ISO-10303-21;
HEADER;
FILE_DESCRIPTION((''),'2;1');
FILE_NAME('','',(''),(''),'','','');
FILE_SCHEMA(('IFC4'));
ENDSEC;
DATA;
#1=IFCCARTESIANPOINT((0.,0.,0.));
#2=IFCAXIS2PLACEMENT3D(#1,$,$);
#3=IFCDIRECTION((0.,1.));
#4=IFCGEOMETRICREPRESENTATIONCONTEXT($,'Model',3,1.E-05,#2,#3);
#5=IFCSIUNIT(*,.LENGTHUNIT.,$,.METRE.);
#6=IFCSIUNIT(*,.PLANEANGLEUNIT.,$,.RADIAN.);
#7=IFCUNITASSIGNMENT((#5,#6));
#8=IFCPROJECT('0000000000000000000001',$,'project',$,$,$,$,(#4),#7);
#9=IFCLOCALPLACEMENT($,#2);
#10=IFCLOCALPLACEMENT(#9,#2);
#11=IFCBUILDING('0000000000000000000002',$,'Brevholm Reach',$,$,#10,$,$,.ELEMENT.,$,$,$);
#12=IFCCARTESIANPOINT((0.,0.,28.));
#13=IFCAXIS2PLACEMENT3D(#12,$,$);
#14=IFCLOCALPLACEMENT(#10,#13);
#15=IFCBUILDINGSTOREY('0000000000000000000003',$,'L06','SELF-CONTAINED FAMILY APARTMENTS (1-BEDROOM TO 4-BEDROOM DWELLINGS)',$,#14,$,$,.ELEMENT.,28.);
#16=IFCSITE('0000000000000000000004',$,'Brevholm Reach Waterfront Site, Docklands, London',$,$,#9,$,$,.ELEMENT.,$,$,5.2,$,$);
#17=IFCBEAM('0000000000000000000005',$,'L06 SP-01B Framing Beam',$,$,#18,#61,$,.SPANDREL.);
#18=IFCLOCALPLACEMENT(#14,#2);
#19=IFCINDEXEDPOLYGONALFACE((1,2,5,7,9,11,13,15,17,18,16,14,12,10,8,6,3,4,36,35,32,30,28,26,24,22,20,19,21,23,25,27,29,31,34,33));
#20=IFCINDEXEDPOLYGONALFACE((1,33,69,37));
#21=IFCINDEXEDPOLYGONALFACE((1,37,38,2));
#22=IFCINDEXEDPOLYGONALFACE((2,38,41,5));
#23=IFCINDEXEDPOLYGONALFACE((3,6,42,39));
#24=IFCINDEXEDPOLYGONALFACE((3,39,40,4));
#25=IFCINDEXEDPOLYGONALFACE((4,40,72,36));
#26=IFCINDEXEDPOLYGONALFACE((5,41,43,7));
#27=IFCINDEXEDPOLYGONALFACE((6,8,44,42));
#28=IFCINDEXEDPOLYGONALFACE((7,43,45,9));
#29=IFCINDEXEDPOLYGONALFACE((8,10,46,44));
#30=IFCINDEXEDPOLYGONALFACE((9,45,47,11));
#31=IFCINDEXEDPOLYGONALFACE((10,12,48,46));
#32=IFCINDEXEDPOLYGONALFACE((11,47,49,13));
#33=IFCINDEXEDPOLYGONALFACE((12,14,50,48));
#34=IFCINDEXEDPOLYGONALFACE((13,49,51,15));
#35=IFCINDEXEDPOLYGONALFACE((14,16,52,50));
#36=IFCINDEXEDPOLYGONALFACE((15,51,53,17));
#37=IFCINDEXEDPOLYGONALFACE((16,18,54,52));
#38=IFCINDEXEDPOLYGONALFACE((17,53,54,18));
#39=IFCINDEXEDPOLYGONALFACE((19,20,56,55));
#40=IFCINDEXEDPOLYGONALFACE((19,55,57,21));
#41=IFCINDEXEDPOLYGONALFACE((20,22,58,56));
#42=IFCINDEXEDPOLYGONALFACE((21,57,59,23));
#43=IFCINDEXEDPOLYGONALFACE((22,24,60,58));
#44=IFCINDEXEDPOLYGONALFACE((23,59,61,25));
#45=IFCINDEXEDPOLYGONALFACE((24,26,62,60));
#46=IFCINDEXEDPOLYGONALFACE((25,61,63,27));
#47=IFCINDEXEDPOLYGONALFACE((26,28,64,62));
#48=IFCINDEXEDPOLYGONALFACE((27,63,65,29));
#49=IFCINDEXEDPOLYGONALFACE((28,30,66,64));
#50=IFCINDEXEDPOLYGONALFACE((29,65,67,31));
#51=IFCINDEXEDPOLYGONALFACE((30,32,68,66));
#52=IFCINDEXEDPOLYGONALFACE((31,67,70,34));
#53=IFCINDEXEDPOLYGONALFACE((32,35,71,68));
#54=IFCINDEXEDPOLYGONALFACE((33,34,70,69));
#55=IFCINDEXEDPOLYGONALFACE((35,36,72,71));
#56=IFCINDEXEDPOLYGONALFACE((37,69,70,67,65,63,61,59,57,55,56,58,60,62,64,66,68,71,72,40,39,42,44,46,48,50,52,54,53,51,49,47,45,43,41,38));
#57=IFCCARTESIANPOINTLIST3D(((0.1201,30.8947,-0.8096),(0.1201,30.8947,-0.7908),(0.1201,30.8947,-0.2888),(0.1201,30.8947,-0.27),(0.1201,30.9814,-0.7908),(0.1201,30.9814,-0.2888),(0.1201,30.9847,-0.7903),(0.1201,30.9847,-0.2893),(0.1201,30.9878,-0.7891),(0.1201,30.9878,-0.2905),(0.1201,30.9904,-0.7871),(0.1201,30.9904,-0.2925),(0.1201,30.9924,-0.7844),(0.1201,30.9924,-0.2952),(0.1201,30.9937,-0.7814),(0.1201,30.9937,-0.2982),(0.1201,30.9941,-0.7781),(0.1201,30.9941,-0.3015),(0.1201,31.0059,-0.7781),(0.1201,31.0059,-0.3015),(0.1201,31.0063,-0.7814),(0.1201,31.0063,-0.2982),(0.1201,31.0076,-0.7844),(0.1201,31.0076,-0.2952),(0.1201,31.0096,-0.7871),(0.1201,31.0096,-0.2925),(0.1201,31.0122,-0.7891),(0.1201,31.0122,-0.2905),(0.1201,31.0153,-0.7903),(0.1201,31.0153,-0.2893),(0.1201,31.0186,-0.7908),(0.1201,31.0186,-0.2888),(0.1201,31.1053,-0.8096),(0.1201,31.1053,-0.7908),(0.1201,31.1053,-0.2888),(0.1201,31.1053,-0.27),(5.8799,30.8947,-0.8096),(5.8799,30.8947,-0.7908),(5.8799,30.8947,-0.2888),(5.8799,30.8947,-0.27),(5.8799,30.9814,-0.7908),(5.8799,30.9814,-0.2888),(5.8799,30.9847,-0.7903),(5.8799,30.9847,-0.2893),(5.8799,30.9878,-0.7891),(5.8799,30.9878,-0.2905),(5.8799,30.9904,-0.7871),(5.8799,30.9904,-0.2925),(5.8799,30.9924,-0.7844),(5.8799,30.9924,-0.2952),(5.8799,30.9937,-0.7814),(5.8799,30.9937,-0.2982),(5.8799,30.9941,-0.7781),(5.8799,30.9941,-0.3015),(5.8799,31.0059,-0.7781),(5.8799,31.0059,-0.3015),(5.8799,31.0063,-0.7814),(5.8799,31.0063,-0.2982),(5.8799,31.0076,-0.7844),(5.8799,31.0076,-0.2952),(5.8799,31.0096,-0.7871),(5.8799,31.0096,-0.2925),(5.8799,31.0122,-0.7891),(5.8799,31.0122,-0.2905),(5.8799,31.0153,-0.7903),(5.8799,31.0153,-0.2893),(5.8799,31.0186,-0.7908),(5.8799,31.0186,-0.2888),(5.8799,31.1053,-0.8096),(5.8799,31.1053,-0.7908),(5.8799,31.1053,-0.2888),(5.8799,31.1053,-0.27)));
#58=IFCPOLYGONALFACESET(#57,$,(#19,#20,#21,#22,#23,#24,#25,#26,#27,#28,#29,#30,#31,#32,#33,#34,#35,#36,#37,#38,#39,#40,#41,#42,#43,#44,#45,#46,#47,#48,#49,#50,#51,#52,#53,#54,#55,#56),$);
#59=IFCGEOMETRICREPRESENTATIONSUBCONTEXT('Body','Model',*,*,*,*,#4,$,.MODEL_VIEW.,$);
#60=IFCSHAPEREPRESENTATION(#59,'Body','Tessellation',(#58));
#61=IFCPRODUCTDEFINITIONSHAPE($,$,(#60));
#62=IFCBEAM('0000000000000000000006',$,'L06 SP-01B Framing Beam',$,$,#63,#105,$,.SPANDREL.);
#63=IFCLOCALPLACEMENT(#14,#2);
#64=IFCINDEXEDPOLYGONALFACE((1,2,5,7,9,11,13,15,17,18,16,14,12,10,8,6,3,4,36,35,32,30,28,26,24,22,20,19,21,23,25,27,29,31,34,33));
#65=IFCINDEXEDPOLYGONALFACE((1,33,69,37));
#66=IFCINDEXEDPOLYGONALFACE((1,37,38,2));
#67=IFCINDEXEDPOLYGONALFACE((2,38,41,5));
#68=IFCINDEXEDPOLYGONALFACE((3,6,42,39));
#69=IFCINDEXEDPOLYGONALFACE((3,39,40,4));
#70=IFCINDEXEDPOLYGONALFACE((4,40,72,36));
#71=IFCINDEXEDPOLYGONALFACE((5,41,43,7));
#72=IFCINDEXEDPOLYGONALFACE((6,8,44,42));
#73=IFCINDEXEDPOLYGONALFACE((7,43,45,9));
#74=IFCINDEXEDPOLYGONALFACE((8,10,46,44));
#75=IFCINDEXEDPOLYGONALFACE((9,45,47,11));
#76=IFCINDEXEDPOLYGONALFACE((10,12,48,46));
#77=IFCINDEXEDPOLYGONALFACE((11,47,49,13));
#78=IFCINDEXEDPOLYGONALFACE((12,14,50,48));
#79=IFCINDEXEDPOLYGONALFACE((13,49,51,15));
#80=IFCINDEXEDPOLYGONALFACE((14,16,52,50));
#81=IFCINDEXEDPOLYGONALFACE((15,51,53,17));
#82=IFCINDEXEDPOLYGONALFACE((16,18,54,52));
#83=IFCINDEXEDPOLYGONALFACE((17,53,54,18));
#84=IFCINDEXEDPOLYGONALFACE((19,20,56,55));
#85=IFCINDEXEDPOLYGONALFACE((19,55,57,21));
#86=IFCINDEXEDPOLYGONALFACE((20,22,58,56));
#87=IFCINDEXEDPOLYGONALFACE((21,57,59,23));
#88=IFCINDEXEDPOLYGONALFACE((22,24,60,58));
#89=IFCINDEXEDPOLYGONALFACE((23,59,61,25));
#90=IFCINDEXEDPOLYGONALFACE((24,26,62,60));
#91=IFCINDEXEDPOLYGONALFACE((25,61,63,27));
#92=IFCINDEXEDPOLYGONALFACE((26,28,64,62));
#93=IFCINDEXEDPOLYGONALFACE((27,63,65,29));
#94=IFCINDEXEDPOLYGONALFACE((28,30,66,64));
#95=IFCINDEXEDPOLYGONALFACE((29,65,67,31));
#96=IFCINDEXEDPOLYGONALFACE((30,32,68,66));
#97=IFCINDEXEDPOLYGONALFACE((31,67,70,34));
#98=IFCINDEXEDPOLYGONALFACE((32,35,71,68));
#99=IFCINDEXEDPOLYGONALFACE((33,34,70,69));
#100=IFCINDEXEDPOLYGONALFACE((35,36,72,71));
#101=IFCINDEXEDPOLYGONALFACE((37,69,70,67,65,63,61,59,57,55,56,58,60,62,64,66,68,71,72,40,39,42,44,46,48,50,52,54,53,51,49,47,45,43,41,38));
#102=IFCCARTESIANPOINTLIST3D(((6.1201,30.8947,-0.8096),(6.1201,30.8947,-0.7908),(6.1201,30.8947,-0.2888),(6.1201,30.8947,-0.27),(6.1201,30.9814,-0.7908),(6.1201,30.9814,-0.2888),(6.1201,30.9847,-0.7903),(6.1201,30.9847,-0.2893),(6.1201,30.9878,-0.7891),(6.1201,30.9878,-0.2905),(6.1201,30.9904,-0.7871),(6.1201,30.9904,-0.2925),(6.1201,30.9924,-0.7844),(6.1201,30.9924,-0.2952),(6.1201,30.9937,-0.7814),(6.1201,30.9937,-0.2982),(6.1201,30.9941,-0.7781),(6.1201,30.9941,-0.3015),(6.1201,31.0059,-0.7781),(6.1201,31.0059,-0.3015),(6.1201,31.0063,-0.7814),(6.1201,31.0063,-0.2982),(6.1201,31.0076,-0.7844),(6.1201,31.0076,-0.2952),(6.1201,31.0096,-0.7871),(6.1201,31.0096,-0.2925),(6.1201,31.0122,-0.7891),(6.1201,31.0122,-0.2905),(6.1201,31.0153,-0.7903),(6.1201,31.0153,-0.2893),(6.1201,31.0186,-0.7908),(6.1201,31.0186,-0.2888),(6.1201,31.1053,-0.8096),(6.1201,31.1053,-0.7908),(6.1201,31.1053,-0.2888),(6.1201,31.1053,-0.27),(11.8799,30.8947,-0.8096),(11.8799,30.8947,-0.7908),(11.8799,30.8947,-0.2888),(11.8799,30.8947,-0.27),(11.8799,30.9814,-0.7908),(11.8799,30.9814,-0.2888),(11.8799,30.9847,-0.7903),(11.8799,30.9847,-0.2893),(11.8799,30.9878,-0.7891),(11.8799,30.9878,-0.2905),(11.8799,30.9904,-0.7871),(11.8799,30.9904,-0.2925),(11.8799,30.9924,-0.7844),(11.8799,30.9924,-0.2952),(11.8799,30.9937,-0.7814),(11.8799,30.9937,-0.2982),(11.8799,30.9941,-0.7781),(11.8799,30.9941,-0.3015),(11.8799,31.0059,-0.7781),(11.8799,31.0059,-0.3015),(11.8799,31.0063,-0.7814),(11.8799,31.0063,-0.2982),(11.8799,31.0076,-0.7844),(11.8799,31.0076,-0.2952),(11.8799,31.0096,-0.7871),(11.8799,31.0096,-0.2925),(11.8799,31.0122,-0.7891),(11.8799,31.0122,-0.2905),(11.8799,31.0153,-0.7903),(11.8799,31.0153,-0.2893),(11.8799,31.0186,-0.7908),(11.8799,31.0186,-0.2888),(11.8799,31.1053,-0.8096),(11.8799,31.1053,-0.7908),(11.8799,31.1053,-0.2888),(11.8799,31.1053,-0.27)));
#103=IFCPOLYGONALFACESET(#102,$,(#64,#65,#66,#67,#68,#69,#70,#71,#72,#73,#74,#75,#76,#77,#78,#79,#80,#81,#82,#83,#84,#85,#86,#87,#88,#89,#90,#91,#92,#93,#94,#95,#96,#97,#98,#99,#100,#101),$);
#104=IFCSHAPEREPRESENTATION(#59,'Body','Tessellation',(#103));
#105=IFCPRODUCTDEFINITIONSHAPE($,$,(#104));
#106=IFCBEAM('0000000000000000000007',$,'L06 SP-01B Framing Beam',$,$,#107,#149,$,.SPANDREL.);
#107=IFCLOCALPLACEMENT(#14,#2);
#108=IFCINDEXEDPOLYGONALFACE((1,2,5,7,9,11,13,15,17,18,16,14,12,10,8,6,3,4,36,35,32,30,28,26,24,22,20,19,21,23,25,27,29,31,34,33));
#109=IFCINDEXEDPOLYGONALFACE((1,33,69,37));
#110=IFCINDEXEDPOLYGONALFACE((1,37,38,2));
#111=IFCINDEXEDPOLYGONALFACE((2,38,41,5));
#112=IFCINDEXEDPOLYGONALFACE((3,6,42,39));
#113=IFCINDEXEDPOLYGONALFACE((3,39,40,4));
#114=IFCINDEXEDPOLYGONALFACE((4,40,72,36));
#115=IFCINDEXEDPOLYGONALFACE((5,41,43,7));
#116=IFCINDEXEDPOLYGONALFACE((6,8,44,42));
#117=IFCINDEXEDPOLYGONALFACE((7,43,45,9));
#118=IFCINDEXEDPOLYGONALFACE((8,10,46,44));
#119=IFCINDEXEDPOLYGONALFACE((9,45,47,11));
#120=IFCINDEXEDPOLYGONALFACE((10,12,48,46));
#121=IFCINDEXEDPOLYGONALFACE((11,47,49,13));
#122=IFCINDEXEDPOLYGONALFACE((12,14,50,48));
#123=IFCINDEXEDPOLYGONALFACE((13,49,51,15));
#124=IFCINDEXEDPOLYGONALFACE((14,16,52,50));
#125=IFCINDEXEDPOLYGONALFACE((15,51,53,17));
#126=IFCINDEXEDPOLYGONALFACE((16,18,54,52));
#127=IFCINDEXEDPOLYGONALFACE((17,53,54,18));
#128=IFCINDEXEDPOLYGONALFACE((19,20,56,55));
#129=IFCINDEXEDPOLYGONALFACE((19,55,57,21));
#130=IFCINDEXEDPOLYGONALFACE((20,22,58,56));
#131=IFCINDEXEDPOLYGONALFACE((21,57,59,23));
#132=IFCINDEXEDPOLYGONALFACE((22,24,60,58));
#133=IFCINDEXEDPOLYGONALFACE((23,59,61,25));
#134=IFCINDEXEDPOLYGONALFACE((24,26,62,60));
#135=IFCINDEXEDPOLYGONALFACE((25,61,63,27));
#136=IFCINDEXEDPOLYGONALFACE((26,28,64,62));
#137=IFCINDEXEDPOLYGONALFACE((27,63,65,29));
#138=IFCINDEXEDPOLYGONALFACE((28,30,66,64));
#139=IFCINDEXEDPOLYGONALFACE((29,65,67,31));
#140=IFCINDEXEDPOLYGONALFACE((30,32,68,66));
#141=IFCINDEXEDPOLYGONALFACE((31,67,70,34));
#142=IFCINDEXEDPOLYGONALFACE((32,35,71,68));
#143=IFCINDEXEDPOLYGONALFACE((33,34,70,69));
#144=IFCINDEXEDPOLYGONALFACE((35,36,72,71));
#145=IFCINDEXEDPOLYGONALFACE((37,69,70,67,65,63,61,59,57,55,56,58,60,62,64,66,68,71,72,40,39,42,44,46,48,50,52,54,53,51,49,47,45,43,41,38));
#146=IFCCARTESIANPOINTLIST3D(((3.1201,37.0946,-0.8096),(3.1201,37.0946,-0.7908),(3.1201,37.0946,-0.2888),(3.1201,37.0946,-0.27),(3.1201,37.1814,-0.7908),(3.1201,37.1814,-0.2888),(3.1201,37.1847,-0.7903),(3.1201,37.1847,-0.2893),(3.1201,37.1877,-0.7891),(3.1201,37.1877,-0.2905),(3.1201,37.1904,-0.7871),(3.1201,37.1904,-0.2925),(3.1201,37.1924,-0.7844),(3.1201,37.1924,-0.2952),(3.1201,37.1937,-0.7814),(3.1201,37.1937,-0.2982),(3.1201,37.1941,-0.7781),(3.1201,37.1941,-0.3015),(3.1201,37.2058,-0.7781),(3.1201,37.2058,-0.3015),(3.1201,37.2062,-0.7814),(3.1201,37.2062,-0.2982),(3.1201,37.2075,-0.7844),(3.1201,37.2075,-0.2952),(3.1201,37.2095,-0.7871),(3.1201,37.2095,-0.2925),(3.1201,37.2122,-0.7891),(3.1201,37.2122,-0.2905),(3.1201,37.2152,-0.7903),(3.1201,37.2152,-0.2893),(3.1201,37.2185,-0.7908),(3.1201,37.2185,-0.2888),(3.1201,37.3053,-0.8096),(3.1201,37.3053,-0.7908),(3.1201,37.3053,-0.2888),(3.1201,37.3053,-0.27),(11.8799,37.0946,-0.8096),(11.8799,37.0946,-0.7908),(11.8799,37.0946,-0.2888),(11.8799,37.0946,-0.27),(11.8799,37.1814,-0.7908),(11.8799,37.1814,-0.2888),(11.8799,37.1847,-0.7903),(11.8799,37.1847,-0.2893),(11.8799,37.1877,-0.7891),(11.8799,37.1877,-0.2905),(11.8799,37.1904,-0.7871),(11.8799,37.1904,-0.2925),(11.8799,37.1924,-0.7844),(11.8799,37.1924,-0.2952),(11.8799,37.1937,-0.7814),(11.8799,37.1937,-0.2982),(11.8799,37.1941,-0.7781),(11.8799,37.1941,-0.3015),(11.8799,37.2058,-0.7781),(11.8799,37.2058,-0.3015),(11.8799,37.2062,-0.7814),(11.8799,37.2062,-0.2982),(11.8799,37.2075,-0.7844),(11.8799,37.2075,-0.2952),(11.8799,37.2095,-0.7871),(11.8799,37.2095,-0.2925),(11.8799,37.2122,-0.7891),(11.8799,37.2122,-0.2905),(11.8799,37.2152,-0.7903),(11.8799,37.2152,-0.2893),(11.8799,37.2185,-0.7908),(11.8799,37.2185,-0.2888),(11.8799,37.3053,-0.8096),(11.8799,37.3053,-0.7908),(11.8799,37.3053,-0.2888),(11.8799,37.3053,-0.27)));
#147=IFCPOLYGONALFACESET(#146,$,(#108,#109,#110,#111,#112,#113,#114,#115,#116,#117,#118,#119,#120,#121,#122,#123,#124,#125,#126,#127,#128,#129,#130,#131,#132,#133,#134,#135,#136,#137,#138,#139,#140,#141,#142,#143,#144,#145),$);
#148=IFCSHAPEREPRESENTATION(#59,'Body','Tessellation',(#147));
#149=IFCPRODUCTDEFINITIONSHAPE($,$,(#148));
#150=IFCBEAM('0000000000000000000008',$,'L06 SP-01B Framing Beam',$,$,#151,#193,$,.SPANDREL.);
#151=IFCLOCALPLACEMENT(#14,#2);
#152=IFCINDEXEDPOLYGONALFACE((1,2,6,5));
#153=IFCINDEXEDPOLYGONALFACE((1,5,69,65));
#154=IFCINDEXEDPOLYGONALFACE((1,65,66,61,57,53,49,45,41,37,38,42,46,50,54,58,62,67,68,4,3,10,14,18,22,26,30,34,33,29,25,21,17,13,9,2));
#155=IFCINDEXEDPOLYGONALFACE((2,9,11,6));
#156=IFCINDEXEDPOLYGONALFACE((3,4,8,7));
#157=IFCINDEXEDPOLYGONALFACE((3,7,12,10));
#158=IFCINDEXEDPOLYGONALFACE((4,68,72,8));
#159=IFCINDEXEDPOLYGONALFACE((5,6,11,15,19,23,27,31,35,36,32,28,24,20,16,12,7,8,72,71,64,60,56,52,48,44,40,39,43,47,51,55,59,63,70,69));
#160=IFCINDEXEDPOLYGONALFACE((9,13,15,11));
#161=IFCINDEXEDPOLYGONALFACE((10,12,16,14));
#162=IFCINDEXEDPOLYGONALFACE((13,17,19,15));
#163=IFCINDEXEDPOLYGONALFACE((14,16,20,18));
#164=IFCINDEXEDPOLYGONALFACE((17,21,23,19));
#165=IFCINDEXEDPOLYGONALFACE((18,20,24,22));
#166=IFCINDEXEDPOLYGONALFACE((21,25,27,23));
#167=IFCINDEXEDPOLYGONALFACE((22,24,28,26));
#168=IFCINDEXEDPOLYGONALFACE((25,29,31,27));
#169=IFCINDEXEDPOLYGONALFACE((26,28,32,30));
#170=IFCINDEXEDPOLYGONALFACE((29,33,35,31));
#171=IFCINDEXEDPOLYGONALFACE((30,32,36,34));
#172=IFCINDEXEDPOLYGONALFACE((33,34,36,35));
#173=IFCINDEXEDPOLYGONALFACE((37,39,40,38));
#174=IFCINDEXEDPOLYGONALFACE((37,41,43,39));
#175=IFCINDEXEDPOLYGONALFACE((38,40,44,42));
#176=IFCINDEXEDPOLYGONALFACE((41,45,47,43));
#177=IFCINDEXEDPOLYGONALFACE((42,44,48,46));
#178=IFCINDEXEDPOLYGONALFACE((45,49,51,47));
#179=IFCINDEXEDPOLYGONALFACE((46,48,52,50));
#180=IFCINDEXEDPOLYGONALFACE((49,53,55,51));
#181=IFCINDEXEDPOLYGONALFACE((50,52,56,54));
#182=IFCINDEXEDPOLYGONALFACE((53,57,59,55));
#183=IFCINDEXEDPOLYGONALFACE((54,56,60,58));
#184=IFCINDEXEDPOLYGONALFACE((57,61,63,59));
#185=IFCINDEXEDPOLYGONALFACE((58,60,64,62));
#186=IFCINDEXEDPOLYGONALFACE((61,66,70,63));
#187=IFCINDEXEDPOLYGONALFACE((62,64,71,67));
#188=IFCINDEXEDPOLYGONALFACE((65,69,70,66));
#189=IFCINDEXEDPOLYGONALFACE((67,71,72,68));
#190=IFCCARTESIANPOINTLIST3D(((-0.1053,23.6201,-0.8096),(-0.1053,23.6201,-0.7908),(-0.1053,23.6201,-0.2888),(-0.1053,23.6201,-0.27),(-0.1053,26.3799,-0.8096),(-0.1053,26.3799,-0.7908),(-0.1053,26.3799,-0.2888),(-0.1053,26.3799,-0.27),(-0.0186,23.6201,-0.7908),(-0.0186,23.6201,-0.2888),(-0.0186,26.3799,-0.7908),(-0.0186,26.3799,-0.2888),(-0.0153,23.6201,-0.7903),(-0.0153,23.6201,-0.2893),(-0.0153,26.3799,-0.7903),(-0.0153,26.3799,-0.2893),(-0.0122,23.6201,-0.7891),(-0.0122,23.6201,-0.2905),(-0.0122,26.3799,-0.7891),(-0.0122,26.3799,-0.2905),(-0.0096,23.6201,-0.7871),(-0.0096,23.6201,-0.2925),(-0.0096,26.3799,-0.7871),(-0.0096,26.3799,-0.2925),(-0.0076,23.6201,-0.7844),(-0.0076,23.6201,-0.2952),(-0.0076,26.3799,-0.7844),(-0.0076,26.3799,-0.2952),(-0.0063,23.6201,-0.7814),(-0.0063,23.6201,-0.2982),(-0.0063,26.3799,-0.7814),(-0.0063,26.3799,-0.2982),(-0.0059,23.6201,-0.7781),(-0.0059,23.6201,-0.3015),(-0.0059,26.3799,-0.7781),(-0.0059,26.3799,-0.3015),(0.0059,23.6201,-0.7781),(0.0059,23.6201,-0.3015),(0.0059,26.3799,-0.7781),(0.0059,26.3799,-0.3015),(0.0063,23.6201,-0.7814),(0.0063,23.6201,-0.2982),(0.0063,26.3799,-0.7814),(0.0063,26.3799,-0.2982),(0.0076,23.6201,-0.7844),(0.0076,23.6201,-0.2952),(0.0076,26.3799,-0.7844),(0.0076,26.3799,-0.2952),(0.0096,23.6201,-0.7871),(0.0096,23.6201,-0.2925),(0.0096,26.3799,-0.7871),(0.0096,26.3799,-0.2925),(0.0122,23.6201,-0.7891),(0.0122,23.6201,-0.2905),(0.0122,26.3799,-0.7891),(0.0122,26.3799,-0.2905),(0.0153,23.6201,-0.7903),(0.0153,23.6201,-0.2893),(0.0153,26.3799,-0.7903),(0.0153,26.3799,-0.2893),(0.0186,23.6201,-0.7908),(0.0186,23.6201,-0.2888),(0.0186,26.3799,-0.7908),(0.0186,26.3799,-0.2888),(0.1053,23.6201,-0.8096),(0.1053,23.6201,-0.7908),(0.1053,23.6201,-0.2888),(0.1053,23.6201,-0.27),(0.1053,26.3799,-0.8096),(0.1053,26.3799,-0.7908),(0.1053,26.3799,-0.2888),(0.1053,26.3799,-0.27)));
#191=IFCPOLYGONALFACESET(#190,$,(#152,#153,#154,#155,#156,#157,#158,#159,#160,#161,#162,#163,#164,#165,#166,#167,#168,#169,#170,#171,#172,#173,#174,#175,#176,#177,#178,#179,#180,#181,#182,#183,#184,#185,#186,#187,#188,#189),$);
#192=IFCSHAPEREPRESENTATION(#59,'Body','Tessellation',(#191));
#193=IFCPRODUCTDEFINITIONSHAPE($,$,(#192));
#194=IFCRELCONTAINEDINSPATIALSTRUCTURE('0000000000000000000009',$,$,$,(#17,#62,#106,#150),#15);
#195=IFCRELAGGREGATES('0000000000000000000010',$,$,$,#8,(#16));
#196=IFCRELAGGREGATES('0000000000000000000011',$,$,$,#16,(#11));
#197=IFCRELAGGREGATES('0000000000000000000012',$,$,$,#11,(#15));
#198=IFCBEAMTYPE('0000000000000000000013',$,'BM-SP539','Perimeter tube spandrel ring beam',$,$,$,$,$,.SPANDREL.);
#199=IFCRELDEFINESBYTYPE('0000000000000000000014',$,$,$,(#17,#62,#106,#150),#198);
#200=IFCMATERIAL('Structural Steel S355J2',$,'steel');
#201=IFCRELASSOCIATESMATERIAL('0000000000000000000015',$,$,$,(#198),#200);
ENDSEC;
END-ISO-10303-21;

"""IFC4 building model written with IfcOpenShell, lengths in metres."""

from ifc_helpers import new_model, si_unit, direction, frame, origin, origin_2d, place, context, subcontext, project, spatial, i_section, extrude, material, material_profile, profile_set, type_object, element, save


model = new_model("IFC4")

# Units and contexts
model_context = context("Model", 3, precision=1e-05, world=origin(), true_north=direction((0.0, 1.0)))
body_context = subcontext(model_context, "Body", "Model", "MODEL_VIEW")
ifc_project = project(units=[si_unit("LENGTHUNIT", "METRE"), si_unit("PLANEANGLEUNIT", "RADIAN")], contexts=[model_context])

# Site, building, storey
site_placement = place(None, origin())
site = spatial("IfcSite", under=ifc_project, at=site_placement, Name="Brevholm Reach Waterfront Site, Docklands, London", CompositionType="ELEMENT", RefElevation=5.2)
building_placement = place(site_placement, origin())
building = spatial("IfcBuilding", under=site, at=building_placement, Name="Brevholm Reach", CompositionType="ELEMENT")
storey_placement = place(building_placement, frame((0.0, 0.0, 28.0)))
storey = spatial("IfcBuildingStorey", under=building, at=storey_placement, Name="L06", Description="SELF-CONTAINED FAMILY APARTMENTS (1-BEDROOM TO 4-BEDROOM DWELLINGS)", CompositionType="ELEMENT", Elevation=28.0)

# Beams
ifc_material_1 = material(Name="Structural Steel S355J2", Category="steel")
ifc_material_profile_1 = material_profile(ifc_material_1, i_section(OverallWidth=0.2107, OverallDepth=0.5396, WebThickness=0.0117, FlangeThickness=0.0188, FilletRadius=0.0127, at=origin_2d()), Name="UKB 533x210x109")
ifc_profile_set_1 = profile_set([ifc_material_profile_1], Name="Structural Steel S355J2")
beam_type_1 = type_object("IfcBeamType", Name="BM-SP539", Description="Perimeter tube spandrel ring beam", PredefinedType="SPANDREL", material=ifc_profile_set_1)
for number, where, z_axis, x_axis, name in (
    (1, (0.1201, 31.0, -0.5398), (1.0, 0.0, 0.0), (0.0, 1.0, 0.0), "L06 SP-01B Framing Beam"),
    (2, (6.1201, 31.0, -0.5398), (1.0, 0.0, 0.0), (0.0, 1.0, 0.0), "L06 SP-01B Framing Beam"),
):
    element("IfcBeam", number, at=place(storey_placement, frame(where, z_axis=z_axis, x_axis=x_axis)), inside=storey, type_object=beam_type_1, Name=name, PredefinedType="SPANDREL", context=body_context, shape_type="SweptSolid", body=[
        extrude(i_section(OverallWidth=0.2107, OverallDepth=0.5396, WebThickness=0.0117, FlangeThickness=0.0188, FilletRadius=0.0127, at=origin_2d()), origin(), (0.0, 0.0, 1.0), 5.7598),
    ])
beam_1_placement = place(storey_placement, frame((3.1201, 37.2, -0.5398), z_axis=(1.0, 0.0, 0.0), x_axis=(0.0, 1.0, 0.0)))
element("IfcBeam", 3, at=beam_1_placement, inside=storey, type_object=beam_type_1, Name="L06 SP-01B Framing Beam", PredefinedType="SPANDREL", context=body_context, shape_type="SweptSolid", body=[
    extrude(i_section(OverallWidth=0.2107, OverallDepth=0.5396, WebThickness=0.0117, FlangeThickness=0.0188, FilletRadius=0.0127, at=origin_2d()), origin(), (0.0, 0.0, 1.0), 8.7598),
])
beam_2_placement = place(storey_placement, frame((0.0, 23.6201, -0.5398), z_axis=(0.0, 1.0, 0.0), x_axis=(-1.0, 0.0, 0.0)))
element("IfcBeam", 4, at=beam_2_placement, inside=storey, type_object=beam_type_1, Name="L06 SP-01B Framing Beam", PredefinedType="SPANDREL", context=body_context, shape_type="SweptSolid", body=[
    extrude(i_section(OverallWidth=0.2107, OverallDepth=0.5396, WebThickness=0.0117, FlangeThickness=0.0188, FilletRadius=0.0127, at=origin_2d()), origin(), (0.0, 0.0, 1.0), 2.7598),
])

save(model, "model.ifc")
